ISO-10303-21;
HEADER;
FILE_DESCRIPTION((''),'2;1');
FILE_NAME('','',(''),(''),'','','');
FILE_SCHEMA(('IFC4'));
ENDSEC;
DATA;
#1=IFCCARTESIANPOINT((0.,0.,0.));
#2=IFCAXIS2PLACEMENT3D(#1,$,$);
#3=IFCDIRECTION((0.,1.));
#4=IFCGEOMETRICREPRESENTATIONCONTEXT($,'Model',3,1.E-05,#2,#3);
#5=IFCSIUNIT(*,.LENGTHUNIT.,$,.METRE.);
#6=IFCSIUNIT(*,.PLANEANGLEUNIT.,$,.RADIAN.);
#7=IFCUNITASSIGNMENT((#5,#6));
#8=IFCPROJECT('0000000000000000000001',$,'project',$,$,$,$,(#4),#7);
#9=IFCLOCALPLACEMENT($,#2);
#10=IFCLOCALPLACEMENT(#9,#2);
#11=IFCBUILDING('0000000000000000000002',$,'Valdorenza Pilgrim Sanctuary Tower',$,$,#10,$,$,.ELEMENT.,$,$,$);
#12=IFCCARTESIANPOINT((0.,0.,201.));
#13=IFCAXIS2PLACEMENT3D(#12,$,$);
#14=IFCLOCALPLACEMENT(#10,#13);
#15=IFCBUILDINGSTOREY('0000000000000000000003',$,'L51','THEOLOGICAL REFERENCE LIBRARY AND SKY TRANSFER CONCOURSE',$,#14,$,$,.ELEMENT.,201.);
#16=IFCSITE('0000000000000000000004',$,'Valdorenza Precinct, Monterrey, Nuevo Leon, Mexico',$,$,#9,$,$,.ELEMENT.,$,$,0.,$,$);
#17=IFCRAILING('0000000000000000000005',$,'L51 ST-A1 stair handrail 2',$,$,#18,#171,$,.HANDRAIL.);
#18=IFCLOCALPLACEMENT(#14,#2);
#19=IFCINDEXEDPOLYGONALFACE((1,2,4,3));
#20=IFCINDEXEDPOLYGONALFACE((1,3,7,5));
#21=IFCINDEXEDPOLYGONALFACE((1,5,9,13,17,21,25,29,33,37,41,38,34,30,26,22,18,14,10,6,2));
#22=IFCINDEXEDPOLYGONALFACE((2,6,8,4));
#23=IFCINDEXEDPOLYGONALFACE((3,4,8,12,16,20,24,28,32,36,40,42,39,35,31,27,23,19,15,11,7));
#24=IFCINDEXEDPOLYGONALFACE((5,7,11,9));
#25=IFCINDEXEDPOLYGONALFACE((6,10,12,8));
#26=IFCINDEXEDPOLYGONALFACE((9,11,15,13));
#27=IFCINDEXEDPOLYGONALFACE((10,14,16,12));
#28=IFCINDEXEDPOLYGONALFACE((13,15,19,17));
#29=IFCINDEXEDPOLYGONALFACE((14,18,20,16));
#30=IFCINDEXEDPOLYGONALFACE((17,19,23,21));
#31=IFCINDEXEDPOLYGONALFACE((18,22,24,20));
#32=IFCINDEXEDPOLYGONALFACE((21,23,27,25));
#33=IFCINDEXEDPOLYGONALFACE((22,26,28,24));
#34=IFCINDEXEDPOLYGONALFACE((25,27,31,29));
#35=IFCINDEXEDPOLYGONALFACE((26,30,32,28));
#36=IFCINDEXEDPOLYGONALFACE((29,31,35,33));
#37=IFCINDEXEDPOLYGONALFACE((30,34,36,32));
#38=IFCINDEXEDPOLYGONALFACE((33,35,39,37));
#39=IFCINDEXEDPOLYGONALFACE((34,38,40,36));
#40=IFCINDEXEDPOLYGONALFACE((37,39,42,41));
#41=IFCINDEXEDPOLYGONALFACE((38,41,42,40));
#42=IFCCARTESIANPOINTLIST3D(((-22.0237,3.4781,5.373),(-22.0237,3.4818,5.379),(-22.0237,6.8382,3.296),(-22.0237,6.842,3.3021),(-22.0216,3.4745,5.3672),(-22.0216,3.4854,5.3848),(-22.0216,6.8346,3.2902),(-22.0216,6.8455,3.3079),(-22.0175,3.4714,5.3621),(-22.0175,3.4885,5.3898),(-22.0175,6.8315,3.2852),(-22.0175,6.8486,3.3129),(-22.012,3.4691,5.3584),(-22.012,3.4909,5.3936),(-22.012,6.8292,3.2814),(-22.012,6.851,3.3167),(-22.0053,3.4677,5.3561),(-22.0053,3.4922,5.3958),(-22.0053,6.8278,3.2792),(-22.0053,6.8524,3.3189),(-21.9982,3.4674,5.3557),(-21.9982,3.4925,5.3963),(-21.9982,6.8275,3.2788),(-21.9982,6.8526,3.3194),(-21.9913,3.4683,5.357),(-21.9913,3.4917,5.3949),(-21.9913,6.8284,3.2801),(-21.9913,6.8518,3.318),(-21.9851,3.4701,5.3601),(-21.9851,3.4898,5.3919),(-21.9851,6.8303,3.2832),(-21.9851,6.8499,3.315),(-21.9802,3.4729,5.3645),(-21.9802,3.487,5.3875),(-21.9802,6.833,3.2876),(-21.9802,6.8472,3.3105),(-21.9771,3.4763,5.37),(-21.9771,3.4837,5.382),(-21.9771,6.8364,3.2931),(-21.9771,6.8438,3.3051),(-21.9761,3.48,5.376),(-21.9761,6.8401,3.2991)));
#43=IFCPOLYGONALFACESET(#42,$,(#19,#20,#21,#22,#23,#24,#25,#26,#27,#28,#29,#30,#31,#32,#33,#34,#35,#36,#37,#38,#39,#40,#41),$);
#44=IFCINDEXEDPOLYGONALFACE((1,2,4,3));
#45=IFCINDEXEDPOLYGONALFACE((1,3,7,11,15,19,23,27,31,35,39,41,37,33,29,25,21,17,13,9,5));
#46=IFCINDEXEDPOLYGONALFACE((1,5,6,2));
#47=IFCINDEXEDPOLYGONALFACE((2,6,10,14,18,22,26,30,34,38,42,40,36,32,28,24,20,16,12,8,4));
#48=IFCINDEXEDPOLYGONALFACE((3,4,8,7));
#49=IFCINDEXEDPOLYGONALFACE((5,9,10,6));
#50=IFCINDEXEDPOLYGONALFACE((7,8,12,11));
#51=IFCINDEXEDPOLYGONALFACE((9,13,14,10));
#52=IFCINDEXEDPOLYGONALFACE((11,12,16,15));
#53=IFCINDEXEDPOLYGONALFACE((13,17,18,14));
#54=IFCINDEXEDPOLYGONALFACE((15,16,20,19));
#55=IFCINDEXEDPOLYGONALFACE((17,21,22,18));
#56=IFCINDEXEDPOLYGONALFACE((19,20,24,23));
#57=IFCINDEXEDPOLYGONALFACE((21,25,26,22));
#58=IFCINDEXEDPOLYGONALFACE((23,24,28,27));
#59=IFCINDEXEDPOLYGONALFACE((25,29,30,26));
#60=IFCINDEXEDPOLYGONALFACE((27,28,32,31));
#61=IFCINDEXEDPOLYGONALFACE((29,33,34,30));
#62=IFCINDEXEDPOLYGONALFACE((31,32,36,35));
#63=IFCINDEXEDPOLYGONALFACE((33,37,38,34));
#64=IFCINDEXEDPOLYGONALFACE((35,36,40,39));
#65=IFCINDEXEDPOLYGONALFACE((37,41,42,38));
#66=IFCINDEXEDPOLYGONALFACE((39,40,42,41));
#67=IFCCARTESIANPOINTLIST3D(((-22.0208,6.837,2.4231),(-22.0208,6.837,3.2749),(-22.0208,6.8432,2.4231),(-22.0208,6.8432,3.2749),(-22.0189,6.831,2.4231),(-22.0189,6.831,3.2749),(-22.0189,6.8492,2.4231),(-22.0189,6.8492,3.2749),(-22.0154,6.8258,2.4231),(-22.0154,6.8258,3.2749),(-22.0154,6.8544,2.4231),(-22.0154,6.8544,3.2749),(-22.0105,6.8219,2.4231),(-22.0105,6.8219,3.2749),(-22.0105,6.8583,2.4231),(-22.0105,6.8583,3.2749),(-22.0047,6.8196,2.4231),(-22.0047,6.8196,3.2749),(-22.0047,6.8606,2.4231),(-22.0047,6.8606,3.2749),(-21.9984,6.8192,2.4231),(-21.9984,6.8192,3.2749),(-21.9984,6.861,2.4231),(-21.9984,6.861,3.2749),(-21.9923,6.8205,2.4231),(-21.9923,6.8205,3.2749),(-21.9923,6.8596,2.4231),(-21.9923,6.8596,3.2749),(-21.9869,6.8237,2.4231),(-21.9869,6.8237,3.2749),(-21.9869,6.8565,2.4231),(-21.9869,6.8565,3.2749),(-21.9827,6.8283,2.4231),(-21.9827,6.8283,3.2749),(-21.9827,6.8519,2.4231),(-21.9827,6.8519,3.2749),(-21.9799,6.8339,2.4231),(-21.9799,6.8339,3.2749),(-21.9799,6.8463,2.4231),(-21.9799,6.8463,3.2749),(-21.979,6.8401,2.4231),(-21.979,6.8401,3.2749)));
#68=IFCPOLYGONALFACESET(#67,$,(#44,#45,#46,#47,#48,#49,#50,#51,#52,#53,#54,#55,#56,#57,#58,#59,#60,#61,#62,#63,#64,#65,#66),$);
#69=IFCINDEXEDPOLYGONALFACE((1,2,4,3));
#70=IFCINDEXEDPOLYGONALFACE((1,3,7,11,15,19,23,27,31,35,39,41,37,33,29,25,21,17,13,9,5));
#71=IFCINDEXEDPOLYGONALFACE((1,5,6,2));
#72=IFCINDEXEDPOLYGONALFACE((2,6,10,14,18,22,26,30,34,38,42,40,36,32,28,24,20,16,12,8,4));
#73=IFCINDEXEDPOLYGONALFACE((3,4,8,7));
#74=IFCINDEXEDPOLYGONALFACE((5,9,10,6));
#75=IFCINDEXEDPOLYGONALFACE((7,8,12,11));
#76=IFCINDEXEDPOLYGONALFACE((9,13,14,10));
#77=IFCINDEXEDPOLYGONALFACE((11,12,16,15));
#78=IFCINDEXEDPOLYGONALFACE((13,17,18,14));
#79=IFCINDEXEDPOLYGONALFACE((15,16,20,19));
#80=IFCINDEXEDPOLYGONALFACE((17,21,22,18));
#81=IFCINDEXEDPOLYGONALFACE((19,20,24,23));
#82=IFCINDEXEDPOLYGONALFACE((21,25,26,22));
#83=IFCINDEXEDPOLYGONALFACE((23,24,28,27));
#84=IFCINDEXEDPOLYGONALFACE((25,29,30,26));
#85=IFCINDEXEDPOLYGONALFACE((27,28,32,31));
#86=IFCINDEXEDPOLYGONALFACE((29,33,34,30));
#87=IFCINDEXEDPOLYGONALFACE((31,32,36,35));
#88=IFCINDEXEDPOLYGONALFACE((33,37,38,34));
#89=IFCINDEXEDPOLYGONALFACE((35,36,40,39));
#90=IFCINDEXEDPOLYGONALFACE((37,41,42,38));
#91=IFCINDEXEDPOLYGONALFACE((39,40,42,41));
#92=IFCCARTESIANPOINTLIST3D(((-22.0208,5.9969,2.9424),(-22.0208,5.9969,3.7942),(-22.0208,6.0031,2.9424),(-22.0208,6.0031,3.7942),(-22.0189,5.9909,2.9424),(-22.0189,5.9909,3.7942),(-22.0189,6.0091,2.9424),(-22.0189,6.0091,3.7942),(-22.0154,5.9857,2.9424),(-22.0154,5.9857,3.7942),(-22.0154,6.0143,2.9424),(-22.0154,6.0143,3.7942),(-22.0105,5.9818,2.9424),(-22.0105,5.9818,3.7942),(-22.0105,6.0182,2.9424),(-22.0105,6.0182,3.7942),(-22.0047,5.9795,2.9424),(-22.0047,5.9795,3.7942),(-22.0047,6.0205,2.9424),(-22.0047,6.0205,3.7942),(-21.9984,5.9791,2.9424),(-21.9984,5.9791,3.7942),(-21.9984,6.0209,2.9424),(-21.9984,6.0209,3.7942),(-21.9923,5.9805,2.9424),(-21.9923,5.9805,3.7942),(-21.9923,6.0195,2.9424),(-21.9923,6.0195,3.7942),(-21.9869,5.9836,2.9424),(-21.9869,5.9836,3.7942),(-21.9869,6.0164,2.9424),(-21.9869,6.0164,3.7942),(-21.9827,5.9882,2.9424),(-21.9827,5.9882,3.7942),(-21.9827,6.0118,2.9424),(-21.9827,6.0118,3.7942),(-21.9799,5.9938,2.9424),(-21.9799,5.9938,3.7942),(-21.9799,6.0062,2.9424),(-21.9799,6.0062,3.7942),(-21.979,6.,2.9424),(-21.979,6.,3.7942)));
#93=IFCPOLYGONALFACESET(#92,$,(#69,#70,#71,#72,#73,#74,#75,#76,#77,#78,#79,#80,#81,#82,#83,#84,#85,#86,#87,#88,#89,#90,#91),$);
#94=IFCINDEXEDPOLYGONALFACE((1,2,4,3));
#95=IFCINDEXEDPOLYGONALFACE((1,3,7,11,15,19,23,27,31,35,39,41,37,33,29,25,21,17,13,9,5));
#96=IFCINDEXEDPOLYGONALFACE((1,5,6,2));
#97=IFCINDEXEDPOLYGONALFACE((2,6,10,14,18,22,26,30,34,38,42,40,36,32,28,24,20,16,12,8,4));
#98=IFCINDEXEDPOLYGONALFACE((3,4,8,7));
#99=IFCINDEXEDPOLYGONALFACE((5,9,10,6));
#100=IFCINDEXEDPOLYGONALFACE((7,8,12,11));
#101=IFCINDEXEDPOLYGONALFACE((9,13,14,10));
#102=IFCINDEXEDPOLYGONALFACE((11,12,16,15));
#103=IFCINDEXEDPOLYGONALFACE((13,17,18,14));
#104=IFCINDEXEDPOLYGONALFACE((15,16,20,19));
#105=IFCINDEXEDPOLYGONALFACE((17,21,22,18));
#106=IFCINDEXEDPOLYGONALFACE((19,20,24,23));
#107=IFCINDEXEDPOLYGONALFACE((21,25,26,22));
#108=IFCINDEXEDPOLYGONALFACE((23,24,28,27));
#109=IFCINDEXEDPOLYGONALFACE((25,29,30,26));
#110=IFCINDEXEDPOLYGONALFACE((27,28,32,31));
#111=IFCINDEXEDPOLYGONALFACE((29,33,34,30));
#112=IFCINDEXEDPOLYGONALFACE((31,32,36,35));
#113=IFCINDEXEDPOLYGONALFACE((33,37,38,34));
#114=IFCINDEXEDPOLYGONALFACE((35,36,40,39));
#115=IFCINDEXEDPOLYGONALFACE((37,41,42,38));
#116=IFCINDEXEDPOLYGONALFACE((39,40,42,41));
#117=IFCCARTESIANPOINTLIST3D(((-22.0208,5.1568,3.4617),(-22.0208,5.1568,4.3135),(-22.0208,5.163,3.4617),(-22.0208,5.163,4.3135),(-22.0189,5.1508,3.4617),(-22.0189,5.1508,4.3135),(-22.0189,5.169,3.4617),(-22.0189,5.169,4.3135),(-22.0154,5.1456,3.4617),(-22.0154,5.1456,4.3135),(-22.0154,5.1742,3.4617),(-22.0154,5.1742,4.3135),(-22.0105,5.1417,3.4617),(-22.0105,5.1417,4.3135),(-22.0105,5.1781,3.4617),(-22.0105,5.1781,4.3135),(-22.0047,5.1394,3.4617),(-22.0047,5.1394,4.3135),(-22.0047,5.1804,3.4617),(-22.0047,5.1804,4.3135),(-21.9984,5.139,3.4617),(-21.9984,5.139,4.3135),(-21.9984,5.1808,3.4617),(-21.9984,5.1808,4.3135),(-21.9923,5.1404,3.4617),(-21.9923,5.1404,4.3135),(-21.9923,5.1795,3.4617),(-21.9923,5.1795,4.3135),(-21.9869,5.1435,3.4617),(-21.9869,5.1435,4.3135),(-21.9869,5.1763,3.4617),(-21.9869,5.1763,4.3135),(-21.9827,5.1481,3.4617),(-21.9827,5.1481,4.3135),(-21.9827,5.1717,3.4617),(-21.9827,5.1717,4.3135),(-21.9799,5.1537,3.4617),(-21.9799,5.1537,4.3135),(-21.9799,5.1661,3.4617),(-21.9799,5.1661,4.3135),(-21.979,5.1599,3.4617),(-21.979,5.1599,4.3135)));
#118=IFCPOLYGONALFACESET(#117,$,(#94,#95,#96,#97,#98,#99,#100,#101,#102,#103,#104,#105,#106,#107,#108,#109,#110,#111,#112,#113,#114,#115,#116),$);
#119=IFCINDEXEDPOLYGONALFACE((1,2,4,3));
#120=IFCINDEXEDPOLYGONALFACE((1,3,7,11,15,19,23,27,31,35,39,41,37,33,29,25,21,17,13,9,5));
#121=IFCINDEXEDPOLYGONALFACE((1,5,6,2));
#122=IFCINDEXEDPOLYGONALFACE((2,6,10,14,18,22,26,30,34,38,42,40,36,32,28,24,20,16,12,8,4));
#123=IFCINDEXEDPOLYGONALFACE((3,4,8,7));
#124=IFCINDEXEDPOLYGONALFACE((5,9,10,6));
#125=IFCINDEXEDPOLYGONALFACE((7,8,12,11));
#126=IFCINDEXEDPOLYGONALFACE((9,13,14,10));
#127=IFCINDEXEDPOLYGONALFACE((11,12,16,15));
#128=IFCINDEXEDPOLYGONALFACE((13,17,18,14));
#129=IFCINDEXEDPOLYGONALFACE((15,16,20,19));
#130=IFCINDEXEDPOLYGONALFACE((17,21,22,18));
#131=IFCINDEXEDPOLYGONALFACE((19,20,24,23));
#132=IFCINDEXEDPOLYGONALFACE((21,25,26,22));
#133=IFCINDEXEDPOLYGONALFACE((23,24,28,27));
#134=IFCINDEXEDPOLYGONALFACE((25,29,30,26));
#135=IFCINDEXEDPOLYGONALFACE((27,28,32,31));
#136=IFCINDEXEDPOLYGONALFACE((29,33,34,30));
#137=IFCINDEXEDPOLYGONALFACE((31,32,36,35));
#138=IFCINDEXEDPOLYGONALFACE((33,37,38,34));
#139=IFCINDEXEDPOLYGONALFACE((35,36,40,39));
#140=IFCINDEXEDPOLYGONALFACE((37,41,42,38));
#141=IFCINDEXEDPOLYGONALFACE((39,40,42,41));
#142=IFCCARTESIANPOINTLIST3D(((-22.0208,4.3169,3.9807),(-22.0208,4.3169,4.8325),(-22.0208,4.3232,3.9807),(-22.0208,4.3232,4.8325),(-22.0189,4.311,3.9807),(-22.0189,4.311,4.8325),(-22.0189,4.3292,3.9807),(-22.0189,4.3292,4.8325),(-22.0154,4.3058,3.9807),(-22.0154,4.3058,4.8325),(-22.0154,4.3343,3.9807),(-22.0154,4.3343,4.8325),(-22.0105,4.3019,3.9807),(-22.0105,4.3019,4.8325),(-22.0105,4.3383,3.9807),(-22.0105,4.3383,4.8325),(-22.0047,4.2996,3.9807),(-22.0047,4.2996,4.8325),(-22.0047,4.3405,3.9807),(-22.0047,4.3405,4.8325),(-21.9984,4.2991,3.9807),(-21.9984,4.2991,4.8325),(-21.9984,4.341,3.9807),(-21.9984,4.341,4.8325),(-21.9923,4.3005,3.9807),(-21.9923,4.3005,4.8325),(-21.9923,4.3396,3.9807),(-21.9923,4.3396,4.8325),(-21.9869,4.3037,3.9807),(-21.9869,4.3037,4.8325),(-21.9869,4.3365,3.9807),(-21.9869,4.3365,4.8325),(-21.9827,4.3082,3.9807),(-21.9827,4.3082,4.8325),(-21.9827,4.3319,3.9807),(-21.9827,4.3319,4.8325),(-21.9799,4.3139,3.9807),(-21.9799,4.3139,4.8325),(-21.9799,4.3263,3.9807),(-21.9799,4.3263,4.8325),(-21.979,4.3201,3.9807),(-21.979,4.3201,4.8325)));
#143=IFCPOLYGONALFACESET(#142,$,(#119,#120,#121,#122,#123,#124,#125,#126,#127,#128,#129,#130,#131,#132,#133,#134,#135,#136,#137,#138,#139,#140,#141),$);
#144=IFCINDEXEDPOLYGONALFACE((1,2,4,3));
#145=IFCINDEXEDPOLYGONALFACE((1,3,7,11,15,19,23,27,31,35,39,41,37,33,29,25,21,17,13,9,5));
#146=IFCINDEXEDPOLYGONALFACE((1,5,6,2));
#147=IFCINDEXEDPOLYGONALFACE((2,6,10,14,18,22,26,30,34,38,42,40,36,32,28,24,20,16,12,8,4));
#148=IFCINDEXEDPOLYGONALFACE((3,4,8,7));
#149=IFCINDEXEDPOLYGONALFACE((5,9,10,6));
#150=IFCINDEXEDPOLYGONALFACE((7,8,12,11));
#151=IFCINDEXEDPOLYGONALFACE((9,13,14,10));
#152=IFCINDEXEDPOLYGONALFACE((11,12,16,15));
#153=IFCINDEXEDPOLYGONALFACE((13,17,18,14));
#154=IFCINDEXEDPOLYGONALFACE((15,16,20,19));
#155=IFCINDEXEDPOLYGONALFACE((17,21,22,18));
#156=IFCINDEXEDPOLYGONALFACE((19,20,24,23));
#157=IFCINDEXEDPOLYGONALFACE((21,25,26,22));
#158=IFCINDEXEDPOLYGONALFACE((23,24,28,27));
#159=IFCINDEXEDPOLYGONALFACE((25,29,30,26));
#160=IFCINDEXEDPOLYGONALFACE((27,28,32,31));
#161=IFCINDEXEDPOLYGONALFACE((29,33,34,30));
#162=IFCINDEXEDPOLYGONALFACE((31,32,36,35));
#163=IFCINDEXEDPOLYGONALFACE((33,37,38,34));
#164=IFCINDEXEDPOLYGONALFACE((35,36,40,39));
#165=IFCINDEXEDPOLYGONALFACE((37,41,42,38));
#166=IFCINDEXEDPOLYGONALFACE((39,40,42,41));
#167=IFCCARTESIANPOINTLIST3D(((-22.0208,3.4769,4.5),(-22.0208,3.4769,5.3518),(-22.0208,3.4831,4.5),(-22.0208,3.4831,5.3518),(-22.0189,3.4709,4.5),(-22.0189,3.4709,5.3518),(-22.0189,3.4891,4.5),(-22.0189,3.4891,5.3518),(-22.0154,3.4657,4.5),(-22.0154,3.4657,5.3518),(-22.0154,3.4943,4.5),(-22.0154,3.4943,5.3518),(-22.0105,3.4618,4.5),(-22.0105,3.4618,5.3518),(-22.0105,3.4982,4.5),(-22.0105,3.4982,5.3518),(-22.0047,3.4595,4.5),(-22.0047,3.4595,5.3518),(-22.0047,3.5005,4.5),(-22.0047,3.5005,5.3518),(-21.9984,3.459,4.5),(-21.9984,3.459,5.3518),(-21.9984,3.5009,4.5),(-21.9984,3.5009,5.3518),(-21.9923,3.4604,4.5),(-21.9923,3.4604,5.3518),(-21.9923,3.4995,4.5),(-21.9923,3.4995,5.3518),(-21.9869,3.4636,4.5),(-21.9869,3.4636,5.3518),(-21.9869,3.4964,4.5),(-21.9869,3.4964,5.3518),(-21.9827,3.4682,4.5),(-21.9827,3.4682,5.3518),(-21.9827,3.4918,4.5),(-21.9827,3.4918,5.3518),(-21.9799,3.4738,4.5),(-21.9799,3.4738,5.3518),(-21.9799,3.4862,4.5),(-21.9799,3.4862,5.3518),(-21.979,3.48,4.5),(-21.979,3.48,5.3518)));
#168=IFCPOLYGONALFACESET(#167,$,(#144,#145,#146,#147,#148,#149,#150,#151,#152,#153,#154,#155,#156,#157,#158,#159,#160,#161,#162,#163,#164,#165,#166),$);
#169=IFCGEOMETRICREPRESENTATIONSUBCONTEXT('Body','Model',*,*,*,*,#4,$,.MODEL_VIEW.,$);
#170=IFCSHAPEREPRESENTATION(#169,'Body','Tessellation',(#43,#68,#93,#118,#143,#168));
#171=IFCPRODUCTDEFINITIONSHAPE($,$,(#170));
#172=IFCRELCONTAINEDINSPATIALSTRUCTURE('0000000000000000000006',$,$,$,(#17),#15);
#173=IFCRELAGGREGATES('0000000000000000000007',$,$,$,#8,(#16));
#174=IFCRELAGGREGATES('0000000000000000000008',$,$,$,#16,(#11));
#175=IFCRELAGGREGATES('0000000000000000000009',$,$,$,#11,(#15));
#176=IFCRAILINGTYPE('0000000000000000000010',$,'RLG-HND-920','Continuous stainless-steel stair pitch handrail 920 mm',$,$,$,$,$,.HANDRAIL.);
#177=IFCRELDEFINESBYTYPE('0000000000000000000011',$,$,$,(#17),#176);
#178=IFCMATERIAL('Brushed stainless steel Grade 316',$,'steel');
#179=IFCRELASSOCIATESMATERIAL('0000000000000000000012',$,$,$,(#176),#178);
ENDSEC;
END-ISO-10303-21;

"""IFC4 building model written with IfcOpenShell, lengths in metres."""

from ifc_helpers import new_model, si_unit, direction, frame, origin, origin_2d, place, context, subcontext, project, spatial, circle, extrude, material, type_object, element, save


model = new_model("IFC4")

# Units and contexts
model_context = context("Model", 3, precision=1e-05, world=origin(), true_north=direction((0.0, 1.0)))
body_context = subcontext(model_context, "Body", "Model", "MODEL_VIEW")
ifc_project = project(units=[si_unit("LENGTHUNIT", "METRE"), si_unit("PLANEANGLEUNIT", "RADIAN")], contexts=[model_context])

# Site, building, storey
site_placement = place(None, origin())
site = spatial("IfcSite", under=ifc_project, at=site_placement, Name="Valdorenza Precinct, Monterrey, Nuevo Leon, Mexico", CompositionType="ELEMENT", RefElevation=0.0)
building_placement = place(site_placement, origin())
building = spatial("IfcBuilding", under=site, at=building_placement, Name="Valdorenza Pilgrim Sanctuary Tower", CompositionType="ELEMENT")
storey_placement = place(building_placement, frame((0.0, 0.0, 201.0)))
storey = spatial("IfcBuildingStorey", under=building, at=storey_placement, Name="L51", Description="THEOLOGICAL REFERENCE LIBRARY AND SKY TRANSFER CONCOURSE", CompositionType="ELEMENT", Elevation=201.0)

# Railing
ifc_material_1 = material(Name="Brushed stainless steel Grade 316", Category="steel")
railing_type_1 = type_object("IfcRailingType", Name="RLG-HND-920", Description="Continuous stainless-steel stair pitch handrail 920 mm", PredefinedType="HANDRAIL", material=ifc_material_1)
railing_1_placement = place(storey_placement, frame((-22.0, 6.8401, 2.4231)))
element("IfcRailing", 1, at=railing_1_placement, inside=storey, type_object=railing_type_1, Name="L51 ST-A1 stair handrail 2", PredefinedType="HANDRAIL", context=body_context, shape_type="SweptSolid", body=[
    extrude(circle(Radius=0.0239, at=origin_2d()), frame((0.0, 0.0, 0.876), z_axis=(0.0, -0.850623, 0.525776), x_axis=(1.0, 0.0, 0.0)), (0.0, 0.0, 1.0), 3.9502),
    extrude(circle(Radius=0.021, at=origin_2d()), origin(), (0.0, 0.0, 1.0), 0.8518),
    extrude(circle(Radius=0.021, at=origin_2d()), frame((0.0, -0.8401, 0.5193)), (0.0, 0.0, 1.0), 0.8518),
    extrude(circle(Radius=0.021, at=origin_2d()), frame((0.0, -1.6802, 1.0386)), (0.0, 0.0, 1.0), 0.8518),
    extrude(circle(Radius=0.021, at=origin_2d()), frame((0.0, -2.52, 1.5576)), (0.0, 0.0, 1.0), 0.8518),
    extrude(circle(Radius=0.021, at=origin_2d()), frame((0.0, -3.3601, 2.0769)), (0.0, 0.0, 1.0), 0.8518),
])

save(model, "model.ifc")
